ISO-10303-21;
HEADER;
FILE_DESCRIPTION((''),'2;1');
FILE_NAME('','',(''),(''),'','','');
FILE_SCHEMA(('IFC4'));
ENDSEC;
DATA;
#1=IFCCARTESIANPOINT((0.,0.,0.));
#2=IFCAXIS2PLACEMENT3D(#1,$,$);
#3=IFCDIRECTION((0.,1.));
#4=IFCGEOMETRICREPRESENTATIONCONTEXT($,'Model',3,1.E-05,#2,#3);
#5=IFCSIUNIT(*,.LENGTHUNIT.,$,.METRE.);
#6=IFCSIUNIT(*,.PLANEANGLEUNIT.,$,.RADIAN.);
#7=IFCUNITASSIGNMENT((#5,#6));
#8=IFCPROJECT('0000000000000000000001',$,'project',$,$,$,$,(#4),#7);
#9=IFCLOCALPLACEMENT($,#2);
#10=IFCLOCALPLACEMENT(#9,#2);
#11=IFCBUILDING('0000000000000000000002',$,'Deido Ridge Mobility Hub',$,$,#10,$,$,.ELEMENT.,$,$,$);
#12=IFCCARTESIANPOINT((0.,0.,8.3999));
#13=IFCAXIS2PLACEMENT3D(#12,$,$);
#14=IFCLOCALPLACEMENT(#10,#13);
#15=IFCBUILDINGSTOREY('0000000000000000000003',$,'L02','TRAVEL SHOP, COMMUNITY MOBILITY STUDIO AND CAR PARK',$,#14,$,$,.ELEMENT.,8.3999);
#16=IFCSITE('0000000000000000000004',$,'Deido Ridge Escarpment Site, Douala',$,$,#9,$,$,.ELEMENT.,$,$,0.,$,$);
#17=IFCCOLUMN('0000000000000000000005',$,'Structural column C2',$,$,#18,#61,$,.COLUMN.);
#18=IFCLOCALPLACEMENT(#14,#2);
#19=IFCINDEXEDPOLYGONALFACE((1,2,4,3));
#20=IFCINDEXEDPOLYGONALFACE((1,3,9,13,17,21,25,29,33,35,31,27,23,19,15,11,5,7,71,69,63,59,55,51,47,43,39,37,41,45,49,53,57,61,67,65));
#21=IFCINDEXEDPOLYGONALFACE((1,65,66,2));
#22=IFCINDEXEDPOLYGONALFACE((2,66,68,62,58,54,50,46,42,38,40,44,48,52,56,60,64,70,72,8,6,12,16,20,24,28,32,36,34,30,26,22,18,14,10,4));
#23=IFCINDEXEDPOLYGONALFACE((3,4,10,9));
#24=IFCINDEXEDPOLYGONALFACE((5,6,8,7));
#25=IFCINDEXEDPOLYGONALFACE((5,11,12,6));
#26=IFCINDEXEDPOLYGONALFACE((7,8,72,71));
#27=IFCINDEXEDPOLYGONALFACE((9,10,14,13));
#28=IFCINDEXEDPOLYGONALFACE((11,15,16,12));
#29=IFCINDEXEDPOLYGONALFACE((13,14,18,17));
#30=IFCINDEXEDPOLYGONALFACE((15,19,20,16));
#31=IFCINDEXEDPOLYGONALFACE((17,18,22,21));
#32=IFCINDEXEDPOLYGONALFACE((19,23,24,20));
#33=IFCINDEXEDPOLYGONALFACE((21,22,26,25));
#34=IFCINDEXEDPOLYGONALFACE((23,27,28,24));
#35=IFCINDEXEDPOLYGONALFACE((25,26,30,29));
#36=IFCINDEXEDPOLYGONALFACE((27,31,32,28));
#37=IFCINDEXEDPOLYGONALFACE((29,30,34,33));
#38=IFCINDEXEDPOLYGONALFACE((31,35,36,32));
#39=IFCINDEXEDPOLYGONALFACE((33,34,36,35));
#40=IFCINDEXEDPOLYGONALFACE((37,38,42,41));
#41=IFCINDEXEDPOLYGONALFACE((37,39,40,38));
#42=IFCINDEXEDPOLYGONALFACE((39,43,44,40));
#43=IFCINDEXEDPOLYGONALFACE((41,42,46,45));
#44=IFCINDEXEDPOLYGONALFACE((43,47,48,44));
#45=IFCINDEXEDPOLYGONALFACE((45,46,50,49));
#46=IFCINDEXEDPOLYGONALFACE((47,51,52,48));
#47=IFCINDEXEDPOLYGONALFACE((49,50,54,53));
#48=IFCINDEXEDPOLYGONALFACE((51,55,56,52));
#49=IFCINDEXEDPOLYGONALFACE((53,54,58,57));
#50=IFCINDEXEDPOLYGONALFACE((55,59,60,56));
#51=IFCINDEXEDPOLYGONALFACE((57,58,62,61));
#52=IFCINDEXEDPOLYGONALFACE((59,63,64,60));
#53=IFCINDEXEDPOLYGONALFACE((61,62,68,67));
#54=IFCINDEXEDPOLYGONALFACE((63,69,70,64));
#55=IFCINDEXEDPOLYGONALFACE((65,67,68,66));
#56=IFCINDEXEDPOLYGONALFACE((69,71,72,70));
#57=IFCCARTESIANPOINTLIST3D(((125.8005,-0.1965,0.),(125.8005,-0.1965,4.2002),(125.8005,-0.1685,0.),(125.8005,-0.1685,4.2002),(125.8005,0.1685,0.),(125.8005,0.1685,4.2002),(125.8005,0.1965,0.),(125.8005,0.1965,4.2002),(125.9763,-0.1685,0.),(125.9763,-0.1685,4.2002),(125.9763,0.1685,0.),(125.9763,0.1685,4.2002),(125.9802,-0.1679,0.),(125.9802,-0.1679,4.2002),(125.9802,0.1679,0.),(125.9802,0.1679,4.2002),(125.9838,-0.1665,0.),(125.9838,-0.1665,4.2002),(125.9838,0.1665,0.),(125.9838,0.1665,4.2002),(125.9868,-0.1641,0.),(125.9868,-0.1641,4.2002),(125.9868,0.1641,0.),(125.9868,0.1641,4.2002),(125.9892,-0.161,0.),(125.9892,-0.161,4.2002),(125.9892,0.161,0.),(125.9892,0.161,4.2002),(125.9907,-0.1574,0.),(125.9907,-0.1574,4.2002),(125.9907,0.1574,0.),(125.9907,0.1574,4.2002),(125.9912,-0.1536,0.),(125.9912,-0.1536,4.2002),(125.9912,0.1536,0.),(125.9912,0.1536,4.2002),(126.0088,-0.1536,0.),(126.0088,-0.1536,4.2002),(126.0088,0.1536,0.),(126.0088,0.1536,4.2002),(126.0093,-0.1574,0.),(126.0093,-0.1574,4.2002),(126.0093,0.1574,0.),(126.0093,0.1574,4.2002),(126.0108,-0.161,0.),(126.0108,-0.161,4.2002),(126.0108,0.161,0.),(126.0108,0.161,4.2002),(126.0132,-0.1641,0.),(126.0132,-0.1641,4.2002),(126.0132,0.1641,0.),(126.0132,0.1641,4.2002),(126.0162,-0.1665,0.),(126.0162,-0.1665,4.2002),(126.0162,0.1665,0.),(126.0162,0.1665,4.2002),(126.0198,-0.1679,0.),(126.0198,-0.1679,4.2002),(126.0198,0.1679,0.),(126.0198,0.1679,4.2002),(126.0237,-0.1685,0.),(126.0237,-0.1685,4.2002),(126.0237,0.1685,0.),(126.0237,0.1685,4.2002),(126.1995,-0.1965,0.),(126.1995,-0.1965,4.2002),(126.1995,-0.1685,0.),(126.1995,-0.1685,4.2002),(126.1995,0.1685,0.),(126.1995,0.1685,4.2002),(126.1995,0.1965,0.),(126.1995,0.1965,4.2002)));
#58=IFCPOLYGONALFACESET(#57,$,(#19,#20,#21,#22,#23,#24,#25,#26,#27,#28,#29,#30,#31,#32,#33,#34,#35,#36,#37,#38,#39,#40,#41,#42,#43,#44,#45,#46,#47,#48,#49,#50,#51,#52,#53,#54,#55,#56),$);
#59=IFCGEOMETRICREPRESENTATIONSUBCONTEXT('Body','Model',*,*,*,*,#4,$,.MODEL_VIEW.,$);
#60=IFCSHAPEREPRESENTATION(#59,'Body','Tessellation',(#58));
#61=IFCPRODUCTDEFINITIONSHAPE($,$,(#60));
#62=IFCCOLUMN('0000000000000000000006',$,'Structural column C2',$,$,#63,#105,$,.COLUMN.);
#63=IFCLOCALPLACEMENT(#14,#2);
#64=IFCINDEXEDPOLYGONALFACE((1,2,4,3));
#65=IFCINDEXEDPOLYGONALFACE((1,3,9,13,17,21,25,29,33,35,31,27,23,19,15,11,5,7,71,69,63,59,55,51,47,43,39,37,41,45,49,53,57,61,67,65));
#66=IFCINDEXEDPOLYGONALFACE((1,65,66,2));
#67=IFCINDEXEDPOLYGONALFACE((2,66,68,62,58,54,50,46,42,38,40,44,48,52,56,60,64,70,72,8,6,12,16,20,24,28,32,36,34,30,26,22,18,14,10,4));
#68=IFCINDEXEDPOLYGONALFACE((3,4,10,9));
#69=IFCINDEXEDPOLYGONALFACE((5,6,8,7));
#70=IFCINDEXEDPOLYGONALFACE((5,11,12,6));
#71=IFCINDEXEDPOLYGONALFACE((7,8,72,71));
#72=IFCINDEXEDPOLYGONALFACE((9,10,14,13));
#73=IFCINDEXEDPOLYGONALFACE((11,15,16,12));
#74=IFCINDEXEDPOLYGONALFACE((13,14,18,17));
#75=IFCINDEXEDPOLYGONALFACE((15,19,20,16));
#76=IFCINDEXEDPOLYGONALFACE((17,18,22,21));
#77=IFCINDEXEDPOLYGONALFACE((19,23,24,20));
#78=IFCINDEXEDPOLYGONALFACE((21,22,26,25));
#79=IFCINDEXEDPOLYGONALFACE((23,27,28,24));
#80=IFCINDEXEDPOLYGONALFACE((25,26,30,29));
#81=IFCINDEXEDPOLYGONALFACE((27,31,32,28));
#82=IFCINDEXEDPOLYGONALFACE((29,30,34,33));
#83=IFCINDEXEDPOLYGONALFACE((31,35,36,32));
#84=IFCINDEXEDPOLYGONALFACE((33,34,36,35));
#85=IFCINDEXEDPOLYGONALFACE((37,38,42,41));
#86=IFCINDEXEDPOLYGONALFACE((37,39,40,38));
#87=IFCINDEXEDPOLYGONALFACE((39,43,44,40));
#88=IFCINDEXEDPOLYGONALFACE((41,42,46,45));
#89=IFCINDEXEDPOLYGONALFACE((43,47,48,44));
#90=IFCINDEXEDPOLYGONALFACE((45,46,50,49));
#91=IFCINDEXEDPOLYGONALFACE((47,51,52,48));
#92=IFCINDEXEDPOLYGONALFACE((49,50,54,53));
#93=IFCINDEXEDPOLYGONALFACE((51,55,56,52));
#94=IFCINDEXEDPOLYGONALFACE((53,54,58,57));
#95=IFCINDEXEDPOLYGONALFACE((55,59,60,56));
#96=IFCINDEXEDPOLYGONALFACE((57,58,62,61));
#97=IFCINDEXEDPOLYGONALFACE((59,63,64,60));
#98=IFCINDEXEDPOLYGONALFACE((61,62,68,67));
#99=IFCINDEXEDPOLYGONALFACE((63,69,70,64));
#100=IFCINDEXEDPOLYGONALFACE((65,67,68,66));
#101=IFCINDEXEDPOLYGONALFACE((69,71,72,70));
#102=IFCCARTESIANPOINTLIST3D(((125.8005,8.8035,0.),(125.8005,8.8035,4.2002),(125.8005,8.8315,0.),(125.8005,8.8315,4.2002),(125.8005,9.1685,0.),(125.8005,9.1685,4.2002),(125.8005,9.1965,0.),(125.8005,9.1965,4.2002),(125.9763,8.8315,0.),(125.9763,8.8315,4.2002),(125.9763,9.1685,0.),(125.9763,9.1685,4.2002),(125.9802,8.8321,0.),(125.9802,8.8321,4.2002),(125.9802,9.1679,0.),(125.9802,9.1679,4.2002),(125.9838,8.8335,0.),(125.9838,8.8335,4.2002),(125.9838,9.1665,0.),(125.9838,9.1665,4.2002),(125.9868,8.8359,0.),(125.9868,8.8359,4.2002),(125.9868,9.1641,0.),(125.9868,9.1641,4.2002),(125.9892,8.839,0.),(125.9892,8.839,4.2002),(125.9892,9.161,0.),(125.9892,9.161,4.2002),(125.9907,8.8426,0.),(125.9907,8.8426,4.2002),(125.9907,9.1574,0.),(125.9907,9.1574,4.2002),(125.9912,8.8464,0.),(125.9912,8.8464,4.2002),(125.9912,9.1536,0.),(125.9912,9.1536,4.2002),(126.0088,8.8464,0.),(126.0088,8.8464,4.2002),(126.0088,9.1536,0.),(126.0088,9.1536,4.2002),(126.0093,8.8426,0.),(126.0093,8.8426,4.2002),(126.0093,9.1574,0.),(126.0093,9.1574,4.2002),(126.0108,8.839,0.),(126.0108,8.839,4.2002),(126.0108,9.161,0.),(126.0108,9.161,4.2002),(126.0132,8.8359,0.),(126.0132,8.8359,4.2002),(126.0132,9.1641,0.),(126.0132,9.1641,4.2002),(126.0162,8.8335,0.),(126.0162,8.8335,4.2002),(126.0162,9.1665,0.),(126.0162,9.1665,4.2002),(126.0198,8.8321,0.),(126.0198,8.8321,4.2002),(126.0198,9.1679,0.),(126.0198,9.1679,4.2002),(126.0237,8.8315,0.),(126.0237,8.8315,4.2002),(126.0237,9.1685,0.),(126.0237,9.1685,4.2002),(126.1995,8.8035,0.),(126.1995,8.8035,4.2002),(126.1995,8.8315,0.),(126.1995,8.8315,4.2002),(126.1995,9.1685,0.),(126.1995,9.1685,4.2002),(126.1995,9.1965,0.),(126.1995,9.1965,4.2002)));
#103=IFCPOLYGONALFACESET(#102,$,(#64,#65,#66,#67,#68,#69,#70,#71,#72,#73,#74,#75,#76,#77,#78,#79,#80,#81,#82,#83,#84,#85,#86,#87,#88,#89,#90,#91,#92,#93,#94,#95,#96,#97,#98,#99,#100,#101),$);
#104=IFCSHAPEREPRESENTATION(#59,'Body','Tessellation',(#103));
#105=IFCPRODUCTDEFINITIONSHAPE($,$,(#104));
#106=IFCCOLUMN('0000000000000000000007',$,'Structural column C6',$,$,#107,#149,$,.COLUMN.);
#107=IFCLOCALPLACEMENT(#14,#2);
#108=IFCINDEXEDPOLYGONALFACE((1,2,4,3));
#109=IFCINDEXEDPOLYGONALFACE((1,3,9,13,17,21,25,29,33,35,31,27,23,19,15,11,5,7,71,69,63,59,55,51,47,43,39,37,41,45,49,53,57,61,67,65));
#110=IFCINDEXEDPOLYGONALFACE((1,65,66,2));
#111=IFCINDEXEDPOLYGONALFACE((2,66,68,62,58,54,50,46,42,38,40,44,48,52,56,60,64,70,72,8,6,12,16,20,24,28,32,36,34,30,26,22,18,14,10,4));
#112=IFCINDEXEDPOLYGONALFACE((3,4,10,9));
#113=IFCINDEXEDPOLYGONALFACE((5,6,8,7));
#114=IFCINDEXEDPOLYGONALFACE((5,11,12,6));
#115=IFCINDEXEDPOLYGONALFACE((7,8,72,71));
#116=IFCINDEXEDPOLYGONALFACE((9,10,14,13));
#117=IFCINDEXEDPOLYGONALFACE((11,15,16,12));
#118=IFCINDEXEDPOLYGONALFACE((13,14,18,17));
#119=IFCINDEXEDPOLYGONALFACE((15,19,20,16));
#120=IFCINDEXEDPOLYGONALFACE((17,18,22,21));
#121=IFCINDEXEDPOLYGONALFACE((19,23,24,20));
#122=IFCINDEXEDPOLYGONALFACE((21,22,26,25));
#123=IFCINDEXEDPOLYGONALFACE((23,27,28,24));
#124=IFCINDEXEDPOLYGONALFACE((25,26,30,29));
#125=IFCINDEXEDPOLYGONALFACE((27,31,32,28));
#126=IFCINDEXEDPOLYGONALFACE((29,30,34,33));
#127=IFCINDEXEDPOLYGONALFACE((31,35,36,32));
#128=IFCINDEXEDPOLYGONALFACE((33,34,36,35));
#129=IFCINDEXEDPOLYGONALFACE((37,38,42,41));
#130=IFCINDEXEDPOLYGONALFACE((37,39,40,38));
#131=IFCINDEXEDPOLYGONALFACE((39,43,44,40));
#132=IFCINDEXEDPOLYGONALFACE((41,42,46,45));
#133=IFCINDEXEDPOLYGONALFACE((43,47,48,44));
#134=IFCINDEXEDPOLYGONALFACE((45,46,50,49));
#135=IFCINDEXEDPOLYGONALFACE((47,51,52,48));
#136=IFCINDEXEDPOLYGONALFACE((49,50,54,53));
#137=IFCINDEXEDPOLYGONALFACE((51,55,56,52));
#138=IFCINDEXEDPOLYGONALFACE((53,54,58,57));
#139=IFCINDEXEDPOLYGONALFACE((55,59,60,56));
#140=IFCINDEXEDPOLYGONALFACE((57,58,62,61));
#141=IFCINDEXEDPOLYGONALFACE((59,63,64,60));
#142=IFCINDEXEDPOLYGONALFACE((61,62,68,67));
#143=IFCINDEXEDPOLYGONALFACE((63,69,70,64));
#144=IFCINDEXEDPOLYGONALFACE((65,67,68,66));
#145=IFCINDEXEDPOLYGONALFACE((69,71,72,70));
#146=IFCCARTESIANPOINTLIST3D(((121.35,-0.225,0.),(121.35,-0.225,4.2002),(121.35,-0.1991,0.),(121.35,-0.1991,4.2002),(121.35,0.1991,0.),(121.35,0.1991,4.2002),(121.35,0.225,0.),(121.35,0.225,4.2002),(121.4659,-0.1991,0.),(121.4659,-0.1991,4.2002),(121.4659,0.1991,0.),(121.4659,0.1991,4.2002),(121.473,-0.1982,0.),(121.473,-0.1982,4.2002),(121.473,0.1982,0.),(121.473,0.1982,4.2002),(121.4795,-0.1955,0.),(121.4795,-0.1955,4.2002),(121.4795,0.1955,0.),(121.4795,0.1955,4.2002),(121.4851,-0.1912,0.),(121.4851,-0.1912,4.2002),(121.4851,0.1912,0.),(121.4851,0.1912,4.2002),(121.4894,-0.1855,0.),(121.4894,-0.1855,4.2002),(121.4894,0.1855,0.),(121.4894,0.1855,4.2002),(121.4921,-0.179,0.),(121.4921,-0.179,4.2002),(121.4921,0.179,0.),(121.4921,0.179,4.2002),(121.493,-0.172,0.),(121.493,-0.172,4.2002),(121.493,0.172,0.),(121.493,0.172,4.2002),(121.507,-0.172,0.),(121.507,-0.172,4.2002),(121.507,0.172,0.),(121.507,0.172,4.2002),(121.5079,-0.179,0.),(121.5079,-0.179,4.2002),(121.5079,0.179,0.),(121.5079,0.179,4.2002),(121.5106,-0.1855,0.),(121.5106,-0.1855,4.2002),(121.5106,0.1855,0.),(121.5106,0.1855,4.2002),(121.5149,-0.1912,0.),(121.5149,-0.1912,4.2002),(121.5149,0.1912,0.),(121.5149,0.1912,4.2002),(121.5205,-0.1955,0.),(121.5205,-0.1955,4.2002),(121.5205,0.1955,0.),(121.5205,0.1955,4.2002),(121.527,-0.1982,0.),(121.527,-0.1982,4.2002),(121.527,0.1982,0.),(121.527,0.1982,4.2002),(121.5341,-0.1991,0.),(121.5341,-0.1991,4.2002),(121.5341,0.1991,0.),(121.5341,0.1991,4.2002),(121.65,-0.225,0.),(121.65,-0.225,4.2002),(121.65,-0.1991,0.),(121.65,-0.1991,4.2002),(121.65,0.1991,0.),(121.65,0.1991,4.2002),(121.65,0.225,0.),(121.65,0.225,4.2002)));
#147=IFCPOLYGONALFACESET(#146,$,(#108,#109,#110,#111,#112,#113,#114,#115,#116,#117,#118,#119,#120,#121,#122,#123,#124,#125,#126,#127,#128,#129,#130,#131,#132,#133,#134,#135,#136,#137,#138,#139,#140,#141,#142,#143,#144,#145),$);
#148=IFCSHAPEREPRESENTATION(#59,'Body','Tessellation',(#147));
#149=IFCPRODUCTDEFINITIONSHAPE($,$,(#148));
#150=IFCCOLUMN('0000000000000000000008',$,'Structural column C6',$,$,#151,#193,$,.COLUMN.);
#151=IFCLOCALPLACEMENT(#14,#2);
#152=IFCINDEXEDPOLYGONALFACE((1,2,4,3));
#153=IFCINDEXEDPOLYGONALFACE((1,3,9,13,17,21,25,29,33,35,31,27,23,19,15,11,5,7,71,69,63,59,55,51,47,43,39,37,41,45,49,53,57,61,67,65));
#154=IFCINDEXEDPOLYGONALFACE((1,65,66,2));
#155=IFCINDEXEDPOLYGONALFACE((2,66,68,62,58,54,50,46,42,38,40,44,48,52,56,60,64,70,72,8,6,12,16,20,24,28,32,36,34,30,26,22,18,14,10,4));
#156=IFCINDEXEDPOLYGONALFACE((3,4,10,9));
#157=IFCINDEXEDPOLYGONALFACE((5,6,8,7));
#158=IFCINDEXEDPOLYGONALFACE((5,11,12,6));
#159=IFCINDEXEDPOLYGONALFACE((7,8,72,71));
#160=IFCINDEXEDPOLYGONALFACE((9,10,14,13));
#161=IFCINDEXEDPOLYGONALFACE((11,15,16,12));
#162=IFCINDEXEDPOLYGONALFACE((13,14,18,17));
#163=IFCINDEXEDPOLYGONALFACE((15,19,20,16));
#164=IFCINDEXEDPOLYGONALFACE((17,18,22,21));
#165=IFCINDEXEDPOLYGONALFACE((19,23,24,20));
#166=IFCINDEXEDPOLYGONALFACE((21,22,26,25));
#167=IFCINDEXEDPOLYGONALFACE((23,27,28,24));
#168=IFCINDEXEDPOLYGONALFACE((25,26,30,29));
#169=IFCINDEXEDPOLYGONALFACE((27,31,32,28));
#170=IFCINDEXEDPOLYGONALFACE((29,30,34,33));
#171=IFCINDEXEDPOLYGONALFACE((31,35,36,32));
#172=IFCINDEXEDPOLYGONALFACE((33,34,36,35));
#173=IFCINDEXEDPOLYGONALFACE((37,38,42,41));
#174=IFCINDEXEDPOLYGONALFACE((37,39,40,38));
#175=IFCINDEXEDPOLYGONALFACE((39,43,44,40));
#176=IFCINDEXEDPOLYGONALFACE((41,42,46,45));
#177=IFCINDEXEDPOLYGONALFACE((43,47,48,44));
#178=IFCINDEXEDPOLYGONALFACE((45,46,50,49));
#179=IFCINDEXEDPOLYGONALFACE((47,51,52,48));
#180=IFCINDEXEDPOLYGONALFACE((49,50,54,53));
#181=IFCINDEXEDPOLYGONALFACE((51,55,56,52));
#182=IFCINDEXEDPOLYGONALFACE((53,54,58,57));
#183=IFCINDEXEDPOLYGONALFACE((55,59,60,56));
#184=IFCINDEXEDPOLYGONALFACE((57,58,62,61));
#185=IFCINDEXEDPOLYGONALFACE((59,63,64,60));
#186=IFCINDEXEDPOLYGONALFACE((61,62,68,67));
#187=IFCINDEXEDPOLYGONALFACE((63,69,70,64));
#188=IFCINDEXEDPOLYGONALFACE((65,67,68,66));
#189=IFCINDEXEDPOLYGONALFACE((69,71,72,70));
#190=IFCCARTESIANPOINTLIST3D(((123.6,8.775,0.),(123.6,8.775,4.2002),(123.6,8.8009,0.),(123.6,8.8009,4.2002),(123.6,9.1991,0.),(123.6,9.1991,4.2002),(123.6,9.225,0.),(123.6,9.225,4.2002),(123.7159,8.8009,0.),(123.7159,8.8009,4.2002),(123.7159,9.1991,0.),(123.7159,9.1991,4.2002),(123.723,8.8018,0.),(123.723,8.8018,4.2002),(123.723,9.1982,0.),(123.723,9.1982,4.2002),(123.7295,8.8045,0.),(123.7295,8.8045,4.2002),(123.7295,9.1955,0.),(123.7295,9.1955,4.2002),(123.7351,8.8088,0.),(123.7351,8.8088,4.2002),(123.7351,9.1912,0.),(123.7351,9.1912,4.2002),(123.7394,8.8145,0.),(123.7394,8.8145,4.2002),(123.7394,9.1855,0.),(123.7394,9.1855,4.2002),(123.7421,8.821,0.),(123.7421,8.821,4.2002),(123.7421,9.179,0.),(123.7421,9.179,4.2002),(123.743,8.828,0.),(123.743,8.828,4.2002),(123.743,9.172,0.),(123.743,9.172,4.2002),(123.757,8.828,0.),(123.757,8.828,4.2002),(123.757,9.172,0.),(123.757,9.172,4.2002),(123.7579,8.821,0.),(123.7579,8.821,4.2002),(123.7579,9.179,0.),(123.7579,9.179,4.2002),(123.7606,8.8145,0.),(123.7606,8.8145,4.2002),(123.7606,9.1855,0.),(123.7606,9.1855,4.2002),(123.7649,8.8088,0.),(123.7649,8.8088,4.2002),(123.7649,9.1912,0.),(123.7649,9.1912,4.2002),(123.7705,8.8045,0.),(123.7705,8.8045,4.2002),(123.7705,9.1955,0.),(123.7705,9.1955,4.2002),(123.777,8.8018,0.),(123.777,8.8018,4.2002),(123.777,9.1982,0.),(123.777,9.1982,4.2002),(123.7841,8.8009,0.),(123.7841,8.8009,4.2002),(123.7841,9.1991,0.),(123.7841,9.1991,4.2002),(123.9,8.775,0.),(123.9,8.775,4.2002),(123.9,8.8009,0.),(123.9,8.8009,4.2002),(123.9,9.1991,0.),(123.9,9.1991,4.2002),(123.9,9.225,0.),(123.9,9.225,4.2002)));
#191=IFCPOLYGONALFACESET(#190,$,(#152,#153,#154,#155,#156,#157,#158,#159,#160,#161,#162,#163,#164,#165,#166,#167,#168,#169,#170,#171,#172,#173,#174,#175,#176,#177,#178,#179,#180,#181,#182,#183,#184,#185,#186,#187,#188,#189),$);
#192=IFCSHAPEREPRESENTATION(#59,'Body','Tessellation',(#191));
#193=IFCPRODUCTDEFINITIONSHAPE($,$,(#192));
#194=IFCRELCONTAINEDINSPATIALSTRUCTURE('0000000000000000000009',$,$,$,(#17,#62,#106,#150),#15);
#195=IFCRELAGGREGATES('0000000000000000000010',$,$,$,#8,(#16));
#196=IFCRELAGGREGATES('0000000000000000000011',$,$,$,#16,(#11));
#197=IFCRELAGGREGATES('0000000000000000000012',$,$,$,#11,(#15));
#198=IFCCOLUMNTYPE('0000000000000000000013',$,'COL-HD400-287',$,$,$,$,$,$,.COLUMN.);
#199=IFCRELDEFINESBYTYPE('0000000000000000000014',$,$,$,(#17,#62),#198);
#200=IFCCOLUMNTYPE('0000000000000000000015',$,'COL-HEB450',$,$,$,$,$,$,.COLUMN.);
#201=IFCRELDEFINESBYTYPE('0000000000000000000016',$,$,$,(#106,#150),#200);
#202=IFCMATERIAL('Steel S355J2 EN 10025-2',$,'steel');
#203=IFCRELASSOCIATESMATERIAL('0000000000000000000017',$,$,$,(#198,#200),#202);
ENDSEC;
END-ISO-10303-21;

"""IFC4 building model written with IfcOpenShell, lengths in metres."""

from ifc_helpers import new_model, si_unit, direction, frame, origin, origin_2d, place, context, subcontext, project, spatial, i_section, extrude, material, material_profile, profile_set, type_object, element, save


model = new_model("IFC4")

# Units and contexts
model_context = context("Model", 3, precision=1e-05, world=origin(), true_north=direction((0.0, 1.0)))
body_context = subcontext(model_context, "Body", "Model", "MODEL_VIEW")
ifc_project = project(units=[si_unit("LENGTHUNIT", "METRE"), si_unit("PLANEANGLEUNIT", "RADIAN")], contexts=[model_context])

# Site, building, storey
site_placement = place(None, origin())
site = spatial("IfcSite", under=ifc_project, at=site_placement, Name="Deido Ridge Escarpment Site, Douala", CompositionType="ELEMENT", RefElevation=0.0)
building_placement = place(site_placement, origin())
building = spatial("IfcBuilding", under=site, at=building_placement, Name="Deido Ridge Mobility Hub", CompositionType="ELEMENT")
storey_placement = place(building_placement, frame((0.0, 0.0, 8.3999)))
storey = spatial("IfcBuildingStorey", under=building, at=storey_placement, Name="L02", Description="TRAVEL SHOP, COMMUNITY MOBILITY STUDIO AND CAR PARK", CompositionType="ELEMENT", Elevation=8.3999)

# Columns
ifc_material_1 = material(Name="Steel S355J2 EN 10025-2", Category="steel")
ifc_material_profile_1 = material_profile(ifc_material_1, i_section(OverallWidth=0.3989, OverallDepth=0.3931, WebThickness=0.0176, FlangeThickness=0.0281, FilletRadius=0.0149, at=origin_2d()), Name="HD 400x287")
ifc_profile_set_1 = profile_set([ifc_material_profile_1], Name="Steel S355J2 EN 10025-2")
column_type_1 = type_object("IfcColumnType", Name="COL-HD400-287", PredefinedType="COLUMN", material=ifc_profile_set_1)
for number, where, z_axis, x_axis, name in (
    (1, (126.0, 0.0, 0.0), (0.0, 0.0, 1.0), (1.0, 0.0, 0.0), "Structural column C2"),
    (2, (126.0, 9.0, 0.0), (0.0, 0.0, 1.0), (1.0, 0.0, 0.0), "Structural column C2"),
):
    element("IfcColumn", number, at=place(storey_placement, frame(where, z_axis=z_axis, x_axis=x_axis)), inside=storey, type_object=column_type_1, Name=name, PredefinedType="COLUMN", context=body_context, shape_type="SweptSolid", body=[
        extrude(i_section(OverallWidth=0.3989, OverallDepth=0.3931, WebThickness=0.0176, FlangeThickness=0.0281, FilletRadius=0.0149, at=origin_2d()), origin(), (0.0, 0.0, 1.0), 4.2002),
    ])
ifc_material_profile_2 = material_profile(ifc_material_1, i_section(OverallWidth=0.3, OverallDepth=0.45, WebThickness=0.0139, FlangeThickness=0.0259, FilletRadius=0.0271, at=origin_2d()), Name="HEB 450")
ifc_profile_set_2 = profile_set([ifc_material_profile_2], Name="Steel S355J2 EN 10025-2")
column_type_2 = type_object("IfcColumnType", Name="COL-HEB450", PredefinedType="COLUMN", material=ifc_profile_set_2)
for number, where, z_axis, x_axis, name in (
    (3, (121.5, 0.0, 0.0), (0.0, 0.0, 1.0), (1.0, 0.0, 0.0), "Structural column C6"),
    (4, (123.75, 9.0, 0.0), (0.0, 0.0, 1.0), (1.0, 0.0, 0.0), "Structural column C6"),
):
    element("IfcColumn", number, at=place(storey_placement, frame(where, z_axis=z_axis, x_axis=x_axis)), inside=storey, type_object=column_type_2, Name=name, PredefinedType="COLUMN", context=body_context, shape_type="SweptSolid", body=[
        extrude(i_section(OverallWidth=0.3, OverallDepth=0.45, WebThickness=0.0139, FlangeThickness=0.0259, FilletRadius=0.0271, at=origin_2d()), origin(), (0.0, 0.0, 1.0), 4.2002),
    ])

save(model, "model.ifc")
